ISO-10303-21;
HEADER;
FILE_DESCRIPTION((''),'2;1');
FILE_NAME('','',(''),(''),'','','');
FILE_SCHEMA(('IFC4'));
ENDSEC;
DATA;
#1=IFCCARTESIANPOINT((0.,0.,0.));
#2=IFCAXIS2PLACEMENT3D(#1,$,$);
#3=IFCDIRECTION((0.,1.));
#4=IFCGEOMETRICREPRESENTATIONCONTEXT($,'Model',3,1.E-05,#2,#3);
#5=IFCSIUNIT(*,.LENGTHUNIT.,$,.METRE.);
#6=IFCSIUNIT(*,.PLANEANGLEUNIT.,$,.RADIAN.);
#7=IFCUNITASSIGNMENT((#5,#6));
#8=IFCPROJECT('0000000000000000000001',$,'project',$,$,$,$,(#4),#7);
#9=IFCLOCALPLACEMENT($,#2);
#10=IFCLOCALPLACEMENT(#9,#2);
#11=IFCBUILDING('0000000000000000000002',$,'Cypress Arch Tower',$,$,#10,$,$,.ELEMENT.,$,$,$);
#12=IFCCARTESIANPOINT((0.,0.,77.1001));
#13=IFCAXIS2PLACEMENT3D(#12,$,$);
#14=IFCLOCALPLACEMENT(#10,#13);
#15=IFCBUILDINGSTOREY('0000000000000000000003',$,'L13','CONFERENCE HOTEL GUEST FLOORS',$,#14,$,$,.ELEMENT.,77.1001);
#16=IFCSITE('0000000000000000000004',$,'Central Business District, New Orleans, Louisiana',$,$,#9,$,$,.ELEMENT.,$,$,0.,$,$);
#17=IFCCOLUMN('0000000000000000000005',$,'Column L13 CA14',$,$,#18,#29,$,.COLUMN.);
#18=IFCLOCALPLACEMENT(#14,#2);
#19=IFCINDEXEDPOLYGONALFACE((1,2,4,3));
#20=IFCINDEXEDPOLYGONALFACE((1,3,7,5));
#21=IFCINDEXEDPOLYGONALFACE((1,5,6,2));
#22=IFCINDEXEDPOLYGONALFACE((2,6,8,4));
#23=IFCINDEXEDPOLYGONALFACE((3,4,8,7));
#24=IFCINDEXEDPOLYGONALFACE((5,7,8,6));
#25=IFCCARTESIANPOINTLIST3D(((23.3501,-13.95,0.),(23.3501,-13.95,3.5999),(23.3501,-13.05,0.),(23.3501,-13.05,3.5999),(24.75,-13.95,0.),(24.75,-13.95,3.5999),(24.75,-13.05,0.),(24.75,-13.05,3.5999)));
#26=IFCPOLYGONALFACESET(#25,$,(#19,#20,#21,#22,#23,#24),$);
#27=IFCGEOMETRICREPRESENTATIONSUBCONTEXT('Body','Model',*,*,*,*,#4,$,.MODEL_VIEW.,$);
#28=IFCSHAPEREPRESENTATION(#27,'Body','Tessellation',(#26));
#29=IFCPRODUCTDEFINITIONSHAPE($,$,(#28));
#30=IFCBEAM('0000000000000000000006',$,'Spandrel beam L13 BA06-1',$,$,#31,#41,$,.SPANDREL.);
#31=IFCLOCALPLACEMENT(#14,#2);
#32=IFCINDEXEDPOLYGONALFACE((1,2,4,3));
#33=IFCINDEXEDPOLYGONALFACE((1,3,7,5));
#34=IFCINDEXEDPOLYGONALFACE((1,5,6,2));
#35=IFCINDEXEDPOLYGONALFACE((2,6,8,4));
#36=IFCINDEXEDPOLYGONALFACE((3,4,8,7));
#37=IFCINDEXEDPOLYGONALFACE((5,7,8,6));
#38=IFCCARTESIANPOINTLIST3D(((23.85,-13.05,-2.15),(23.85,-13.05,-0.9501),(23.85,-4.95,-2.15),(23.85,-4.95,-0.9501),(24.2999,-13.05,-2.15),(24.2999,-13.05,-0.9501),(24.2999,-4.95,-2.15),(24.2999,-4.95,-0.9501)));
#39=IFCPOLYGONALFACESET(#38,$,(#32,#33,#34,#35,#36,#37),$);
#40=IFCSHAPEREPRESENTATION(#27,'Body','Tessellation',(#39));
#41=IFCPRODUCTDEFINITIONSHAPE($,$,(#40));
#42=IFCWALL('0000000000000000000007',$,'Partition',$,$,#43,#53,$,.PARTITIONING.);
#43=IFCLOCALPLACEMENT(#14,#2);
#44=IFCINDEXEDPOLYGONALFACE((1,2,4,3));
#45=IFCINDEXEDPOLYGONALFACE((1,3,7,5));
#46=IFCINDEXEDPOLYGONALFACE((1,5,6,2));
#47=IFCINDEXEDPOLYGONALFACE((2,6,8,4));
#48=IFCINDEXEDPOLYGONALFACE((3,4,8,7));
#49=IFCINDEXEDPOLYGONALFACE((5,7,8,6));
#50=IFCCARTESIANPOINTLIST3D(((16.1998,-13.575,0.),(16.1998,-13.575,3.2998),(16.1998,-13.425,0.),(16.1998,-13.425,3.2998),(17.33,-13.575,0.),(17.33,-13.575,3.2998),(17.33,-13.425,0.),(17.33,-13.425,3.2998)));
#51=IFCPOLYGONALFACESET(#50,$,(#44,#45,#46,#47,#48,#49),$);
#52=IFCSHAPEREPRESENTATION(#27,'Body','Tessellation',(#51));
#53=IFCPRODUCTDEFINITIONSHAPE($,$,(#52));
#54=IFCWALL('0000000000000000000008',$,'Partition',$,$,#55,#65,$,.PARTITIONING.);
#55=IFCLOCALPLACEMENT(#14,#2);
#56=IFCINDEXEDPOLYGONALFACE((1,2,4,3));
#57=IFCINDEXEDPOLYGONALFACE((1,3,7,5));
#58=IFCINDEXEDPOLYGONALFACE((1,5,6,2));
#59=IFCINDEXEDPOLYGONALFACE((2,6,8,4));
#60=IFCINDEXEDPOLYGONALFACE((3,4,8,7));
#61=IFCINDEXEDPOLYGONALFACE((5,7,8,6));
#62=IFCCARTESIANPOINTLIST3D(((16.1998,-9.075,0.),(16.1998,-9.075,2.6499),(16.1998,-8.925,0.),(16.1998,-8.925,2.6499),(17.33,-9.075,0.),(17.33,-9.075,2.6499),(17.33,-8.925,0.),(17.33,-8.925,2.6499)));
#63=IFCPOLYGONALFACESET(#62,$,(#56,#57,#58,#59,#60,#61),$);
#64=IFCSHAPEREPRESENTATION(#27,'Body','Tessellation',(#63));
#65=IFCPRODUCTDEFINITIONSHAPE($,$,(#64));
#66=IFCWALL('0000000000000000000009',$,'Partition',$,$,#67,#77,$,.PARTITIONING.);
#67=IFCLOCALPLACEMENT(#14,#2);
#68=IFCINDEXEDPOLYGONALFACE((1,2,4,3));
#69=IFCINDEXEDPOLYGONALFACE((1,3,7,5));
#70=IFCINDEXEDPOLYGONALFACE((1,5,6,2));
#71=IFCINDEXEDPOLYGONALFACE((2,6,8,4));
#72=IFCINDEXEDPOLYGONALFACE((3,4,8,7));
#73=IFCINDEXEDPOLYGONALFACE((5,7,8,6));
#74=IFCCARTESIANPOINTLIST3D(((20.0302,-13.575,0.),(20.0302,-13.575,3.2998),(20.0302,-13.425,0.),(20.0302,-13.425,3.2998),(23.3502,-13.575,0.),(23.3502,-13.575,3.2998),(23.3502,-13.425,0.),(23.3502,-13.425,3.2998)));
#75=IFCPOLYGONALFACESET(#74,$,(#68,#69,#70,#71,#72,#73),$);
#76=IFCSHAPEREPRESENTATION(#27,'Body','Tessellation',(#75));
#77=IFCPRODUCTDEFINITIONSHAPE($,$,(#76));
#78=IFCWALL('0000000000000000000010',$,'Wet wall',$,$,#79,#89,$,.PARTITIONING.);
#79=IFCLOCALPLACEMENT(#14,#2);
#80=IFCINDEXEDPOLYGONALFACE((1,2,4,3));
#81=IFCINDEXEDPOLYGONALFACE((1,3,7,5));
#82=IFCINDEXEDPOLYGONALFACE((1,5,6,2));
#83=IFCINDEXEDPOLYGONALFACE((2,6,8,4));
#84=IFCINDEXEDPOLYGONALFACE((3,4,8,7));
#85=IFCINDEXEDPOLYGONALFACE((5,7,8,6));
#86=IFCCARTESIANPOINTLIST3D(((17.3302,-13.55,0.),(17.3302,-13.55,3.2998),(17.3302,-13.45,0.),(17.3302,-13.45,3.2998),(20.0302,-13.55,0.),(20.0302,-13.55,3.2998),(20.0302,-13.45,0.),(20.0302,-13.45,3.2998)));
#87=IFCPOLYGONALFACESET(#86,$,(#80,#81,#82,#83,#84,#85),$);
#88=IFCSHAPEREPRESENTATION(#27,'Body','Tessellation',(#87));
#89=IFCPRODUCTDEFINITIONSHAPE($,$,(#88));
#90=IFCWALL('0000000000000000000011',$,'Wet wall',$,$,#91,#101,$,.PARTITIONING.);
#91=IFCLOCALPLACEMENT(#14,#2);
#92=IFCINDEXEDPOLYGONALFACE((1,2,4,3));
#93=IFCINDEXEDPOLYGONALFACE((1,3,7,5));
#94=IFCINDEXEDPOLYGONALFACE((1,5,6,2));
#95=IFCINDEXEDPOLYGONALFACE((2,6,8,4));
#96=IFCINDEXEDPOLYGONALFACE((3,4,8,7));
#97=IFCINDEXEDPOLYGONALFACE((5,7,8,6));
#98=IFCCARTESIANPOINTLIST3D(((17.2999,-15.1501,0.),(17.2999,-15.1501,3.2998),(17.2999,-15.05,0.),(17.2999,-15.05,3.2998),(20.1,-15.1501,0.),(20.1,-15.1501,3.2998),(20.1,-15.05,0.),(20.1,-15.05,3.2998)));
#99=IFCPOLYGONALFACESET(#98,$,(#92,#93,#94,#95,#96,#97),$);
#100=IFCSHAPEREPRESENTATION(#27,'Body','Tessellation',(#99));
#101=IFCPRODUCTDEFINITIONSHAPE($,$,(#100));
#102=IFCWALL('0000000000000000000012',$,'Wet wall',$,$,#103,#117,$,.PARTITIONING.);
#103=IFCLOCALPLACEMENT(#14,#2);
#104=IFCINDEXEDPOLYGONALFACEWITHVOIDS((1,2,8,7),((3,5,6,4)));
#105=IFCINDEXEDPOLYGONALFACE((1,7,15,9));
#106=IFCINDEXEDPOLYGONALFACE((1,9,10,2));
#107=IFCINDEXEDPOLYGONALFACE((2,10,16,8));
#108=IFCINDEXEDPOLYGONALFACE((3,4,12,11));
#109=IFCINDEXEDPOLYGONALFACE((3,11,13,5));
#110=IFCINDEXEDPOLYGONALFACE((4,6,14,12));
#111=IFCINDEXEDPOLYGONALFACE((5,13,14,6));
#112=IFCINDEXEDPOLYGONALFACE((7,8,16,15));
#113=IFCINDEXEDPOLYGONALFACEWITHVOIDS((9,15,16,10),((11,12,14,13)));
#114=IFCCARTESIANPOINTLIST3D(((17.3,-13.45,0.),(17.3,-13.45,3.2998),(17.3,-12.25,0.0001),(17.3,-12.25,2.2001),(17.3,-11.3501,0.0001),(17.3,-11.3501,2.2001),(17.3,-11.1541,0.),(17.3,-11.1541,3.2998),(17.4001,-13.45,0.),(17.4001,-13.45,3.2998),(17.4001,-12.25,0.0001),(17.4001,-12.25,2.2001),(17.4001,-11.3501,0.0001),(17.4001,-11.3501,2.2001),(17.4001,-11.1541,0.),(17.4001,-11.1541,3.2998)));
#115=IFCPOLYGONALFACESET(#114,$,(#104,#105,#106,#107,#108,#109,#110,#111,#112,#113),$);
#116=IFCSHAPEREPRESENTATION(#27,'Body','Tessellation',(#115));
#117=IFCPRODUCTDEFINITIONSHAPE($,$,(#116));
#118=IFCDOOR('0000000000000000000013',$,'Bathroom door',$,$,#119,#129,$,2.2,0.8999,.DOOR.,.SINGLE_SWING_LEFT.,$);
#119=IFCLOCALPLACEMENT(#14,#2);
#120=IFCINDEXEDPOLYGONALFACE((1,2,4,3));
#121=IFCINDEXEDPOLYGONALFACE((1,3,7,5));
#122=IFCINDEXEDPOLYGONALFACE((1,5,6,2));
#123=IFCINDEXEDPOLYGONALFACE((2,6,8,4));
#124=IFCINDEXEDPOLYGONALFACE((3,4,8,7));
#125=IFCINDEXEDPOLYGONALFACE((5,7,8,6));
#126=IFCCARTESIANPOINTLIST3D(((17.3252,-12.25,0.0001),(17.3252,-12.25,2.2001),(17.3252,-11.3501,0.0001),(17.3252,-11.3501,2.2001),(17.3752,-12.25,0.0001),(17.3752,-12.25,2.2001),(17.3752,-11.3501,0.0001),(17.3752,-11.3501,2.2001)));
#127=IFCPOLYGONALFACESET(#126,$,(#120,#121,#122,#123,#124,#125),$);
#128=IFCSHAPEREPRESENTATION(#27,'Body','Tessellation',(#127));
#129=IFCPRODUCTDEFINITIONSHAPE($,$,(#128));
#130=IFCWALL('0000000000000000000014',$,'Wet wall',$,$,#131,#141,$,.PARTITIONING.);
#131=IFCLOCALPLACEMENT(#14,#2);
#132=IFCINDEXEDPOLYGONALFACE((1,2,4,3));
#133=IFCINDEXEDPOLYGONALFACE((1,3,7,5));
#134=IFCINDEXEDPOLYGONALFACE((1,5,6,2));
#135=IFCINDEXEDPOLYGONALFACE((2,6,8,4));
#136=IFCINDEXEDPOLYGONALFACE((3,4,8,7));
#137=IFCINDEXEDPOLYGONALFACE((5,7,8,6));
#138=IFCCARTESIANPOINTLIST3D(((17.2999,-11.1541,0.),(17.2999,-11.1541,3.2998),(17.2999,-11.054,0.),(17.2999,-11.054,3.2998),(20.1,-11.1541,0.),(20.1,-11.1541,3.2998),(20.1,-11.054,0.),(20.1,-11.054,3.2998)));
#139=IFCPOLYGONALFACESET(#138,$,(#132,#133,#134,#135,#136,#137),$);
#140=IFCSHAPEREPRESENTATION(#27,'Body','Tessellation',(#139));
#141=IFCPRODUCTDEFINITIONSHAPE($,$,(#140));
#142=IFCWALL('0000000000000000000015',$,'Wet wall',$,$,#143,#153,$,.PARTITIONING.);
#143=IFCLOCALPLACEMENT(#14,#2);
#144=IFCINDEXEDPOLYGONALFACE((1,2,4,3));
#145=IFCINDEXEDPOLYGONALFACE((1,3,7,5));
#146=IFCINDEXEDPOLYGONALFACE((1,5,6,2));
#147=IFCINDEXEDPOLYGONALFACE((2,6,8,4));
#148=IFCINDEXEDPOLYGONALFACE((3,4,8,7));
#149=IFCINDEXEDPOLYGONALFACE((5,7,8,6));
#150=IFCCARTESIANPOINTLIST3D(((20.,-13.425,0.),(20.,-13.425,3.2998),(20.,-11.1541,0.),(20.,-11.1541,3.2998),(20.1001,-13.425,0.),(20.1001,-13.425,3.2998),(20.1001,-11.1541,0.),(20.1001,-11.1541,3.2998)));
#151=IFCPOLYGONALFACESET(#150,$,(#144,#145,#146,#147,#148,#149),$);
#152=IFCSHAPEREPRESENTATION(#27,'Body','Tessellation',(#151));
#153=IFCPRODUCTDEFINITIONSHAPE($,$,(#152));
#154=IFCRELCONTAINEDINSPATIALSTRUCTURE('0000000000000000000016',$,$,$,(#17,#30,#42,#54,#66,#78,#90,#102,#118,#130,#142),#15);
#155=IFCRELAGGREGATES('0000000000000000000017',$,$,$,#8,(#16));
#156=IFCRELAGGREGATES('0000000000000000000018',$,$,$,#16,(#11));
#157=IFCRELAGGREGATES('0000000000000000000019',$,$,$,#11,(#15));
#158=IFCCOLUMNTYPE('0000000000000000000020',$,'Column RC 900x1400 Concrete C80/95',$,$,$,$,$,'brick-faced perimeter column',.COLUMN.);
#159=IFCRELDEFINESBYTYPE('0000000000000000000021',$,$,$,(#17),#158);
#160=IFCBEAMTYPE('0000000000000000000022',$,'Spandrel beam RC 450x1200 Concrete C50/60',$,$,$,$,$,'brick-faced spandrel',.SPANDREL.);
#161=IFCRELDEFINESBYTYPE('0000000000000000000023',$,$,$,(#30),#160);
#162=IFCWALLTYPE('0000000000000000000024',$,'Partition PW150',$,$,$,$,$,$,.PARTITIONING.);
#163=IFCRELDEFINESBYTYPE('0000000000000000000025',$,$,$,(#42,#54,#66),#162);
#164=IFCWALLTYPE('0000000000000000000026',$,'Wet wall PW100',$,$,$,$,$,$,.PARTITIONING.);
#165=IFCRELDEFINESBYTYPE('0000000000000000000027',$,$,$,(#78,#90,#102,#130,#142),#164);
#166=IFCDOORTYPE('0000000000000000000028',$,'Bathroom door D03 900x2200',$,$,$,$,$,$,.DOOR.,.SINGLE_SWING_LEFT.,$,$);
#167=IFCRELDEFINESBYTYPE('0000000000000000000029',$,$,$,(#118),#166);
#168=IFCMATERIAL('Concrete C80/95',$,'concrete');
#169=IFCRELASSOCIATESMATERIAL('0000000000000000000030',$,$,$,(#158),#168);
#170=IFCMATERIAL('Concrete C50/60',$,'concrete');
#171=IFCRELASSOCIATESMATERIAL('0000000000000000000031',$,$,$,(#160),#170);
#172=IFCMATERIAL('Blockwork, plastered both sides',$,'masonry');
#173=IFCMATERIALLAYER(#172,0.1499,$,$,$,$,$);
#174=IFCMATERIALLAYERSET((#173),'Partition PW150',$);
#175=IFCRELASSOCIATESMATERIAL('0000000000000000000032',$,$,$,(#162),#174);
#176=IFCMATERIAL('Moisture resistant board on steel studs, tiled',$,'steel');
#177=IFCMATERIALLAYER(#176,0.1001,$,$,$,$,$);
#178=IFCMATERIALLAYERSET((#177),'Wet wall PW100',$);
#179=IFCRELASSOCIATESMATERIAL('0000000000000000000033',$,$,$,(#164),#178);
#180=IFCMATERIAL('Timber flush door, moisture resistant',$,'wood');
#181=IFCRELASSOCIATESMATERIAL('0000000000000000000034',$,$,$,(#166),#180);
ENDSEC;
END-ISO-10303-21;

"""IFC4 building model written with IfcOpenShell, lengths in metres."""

from ifc_helpers import new_model, si_unit, direction, frame, frame_2d, origin, origin_2d, place, context, subcontext, project, spatial, rectangle, extrude, material, layer, layer_set, material_profile, profile_set, type_object, element, fill, save


model = new_model("IFC4")

# Units and contexts
model_context = context("Model", 3, precision=1e-05, world=origin(), true_north=direction((0.0, 1.0)))
body_context = subcontext(model_context, "Body", "Model", "MODEL_VIEW")
ifc_project = project(units=[si_unit("LENGTHUNIT", "METRE"), si_unit("PLANEANGLEUNIT", "RADIAN")], contexts=[model_context])

# Site, building, storey
site_placement = place(None, origin())
site = spatial("IfcSite", under=ifc_project, at=site_placement, Name="Central Business District, New Orleans, Louisiana", CompositionType="ELEMENT", RefElevation=0.0)
building_placement = place(site_placement, origin())
building = spatial("IfcBuilding", under=site, at=building_placement, Name="Cypress Arch Tower", CompositionType="ELEMENT")
storey_placement = place(building_placement, frame((0.0, 0.0, 77.1001)))
storey = spatial("IfcBuildingStorey", under=building, at=storey_placement, Name="L13", Description="CONFERENCE HOTEL GUEST FLOORS", CompositionType="ELEMENT", Elevation=77.1001)

# Column
ifc_material_1 = material(Name="Concrete C80/95", Category="concrete")
ifc_material_profile_1 = material_profile(ifc_material_1, rectangle(XDim=0.8999, YDim=1.3999, at=origin_2d()), Name="RC 900x1400")
ifc_profile_set_1 = profile_set([ifc_material_profile_1], Name="Concrete C80/95")
column_type = type_object("IfcColumnType", Name="Column RC 900x1400 Concrete C80/95", ElementType="brick-faced perimeter column", PredefinedType="COLUMN", material=ifc_profile_set_1)
column_placement = place(storey_placement, frame((24.05, -13.5, 0.0), z_axis=(0.0, 0.0, 1.0), x_axis=(0.0, 1.0, 0.0)))
element("IfcColumn", 1, at=column_placement, inside=storey, type_object=column_type, Name="Column L13 CA14", PredefinedType="COLUMN", context=body_context, shape_type="SweptSolid", body=[
    extrude(rectangle(XDim=0.8999, YDim=1.3999, at=origin_2d()), origin(), (0.0, 0.0, 1.0), 3.5999),
])

# Beam
ifc_material_2 = material(Name="Concrete C50/60", Category="concrete")
ifc_material_profile_2 = material_profile(ifc_material_2, rectangle(XDim=0.45, YDim=1.2, at=origin_2d()), Name="RC 450x1200")
ifc_profile_set_2 = profile_set([ifc_material_profile_2], Name="Concrete C50/60")
beam_type = type_object("IfcBeamType", Name="Spandrel beam RC 450x1200 Concrete C50/60", ElementType="brick-faced spandrel", PredefinedType="SPANDREL", material=ifc_profile_set_2)
beam_placement = place(storey_placement, frame((24.075, -13.05, -1.55), z_axis=(0.0, 1.0, 0.0), x_axis=(-1.0, 0.0, 0.0)))
element("IfcBeam", 2, at=beam_placement, inside=storey, type_object=beam_type, Name="Spandrel beam L13 BA06-1", PredefinedType="SPANDREL", context=body_context, shape_type="SweptSolid", body=[
    extrude(rectangle(XDim=0.45, YDim=1.2, at=origin_2d()), origin(), (0.0, 0.0, 1.0), 8.1001),
])

# Walls
ifc_material_3 = material(Name="Blockwork, plastered both sides", Category="masonry")
ifc_layer_1 = layer(ifc_material_3, 0.1499)
ifc_layer_set_1 = layer_set([ifc_layer_1], Name="Partition PW150")
wall_type_1 = type_object("IfcWallType", Name="Partition PW150", PredefinedType="PARTITIONING", material=ifc_layer_set_1)
wall_1_placement = place(storey_placement, frame((16.2, -13.5, 0.0), z_axis=(0.0, 0.0, 1.0), x_axis=(1.0, 0.0, 0.0)))
element("IfcWall", 3, at=wall_1_placement, inside=storey, type_object=wall_type_1, Name="Partition", PredefinedType="PARTITIONING", context=body_context, shape_type="SweptSolid", body=[
    extrude(rectangle(XDim=1.1301, YDim=0.1499, at=frame_2d((0.5649, 0.0))), origin(), (0.0, 0.0, 1.0), 3.2998),
])
wall_2_placement = place(storey_placement, frame((16.2, -9.0, 0.0), z_axis=(0.0, 0.0, 1.0), x_axis=(1.0, 0.0, 0.0)))
element("IfcWall", 4, at=wall_2_placement, inside=storey, type_object=wall_type_1, Name="Partition", PredefinedType="PARTITIONING", context=body_context, shape_type="SweptSolid", body=[
    extrude(rectangle(XDim=1.1301, YDim=0.1499, at=frame_2d((0.5649, 0.0))), origin(), (0.0, 0.0, 1.0), 2.6499),
])
wall_3_placement = place(storey_placement, frame((20.03, -13.5, 0.0), z_axis=(0.0, 0.0, 1.0), x_axis=(1.0, 0.0, 0.0)))
element("IfcWall", 5, at=wall_3_placement, inside=storey, type_object=wall_type_1, Name="Partition", PredefinedType="PARTITIONING", context=body_context, shape_type="SweptSolid", body=[
    extrude(rectangle(XDim=3.3201, YDim=0.1499, at=frame_2d((1.6602, 0.0))), origin(), (0.0, 0.0, 1.0), 3.2998),
])
ifc_material_4 = material(Name="Moisture resistant board on steel studs, tiled", Category="steel")
ifc_layer_2 = layer(ifc_material_4, 0.1001)
ifc_layer_set_2 = layer_set([ifc_layer_2], Name="Wet wall PW100")
wall_type_2 = type_object("IfcWallType", Name="Wet wall PW100", PredefinedType="PARTITIONING", material=ifc_layer_set_2)
wall_4_placement = place(storey_placement, frame((17.3301, -13.5, 0.0), z_axis=(0.0, 0.0, 1.0), x_axis=(1.0, 0.0, 0.0)))
element("IfcWall", 6, at=wall_4_placement, inside=storey, type_object=wall_type_2, Name="Wet wall", PredefinedType="PARTITIONING", context=body_context, shape_type="SweptSolid", body=[
    extrude(rectangle(XDim=2.7, YDim=0.1001, at=frame_2d((1.3501, 0.0))), origin(), (0.0, 0.0, 1.0), 3.2998),
])
wall_5_placement = place(storey_placement, frame((17.3, -15.1001, 0.0), z_axis=(0.0, 0.0, 1.0), x_axis=(1.0, 0.0, 0.0)))
element("IfcWall", 7, at=wall_5_placement, inside=storey, type_object=wall_type_2, Name="Wet wall", PredefinedType="PARTITIONING", context=body_context, shape_type="SweptSolid", body=[
    extrude(rectangle(XDim=2.8, YDim=0.1001, at=frame_2d((1.3999, 0.0))), origin(), (0.0, 0.0, 1.0), 3.2998),
])

# Wall, opening, door
wall_6_placement = place(storey_placement, frame((17.3501, -13.45, 0.0), z_axis=(0.0, 0.0, 1.0), x_axis=(0.0, 1.0, 0.0)))
wall_6 = element("IfcWall", 8, at=wall_6_placement, inside=storey, type_object=wall_type_2, Name="Wet wall", PredefinedType="PARTITIONING", context=body_context, shape_type="SweptSolid", body=[
    extrude(rectangle(XDim=2.2959, YDim=0.1001, at=frame_2d((1.1479, 0.0))), origin(), (0.0, 0.0, 1.0), 3.2998),
])
opening_1_placement = place(wall_6_placement, frame((1.2, 0.0, 0.0)))
opening_1 = element("IfcOpeningElement", 9, at=opening_1_placement, cuts=wall_6, PredefinedType="OPENING", context=body_context, shape_type="SweptSolid", body=[
    extrude(rectangle(XDim=0.8999, YDim=2.2, at=frame_2d((0.45, 1.1001))), frame((0.0, 0.0601, 0.0), z_axis=(0.0, -1.0, 0.0), x_axis=(1.0, 0.0, 0.0)), (0.0, 0.0, 1.0), 0.1201),
])
ifc_material_5 = material(Name="Timber flush door, moisture resistant", Category="wood")
door_type_1 = type_object("IfcDoorType", Name="Bathroom door D03 900x2200", OperationType="SINGLE_SWING_LEFT", PredefinedType="DOOR", material=ifc_material_5)
door_1_placement = place(opening_1_placement, origin())
door_1 = element("IfcDoor", 10, at=door_1_placement, inside=storey, type_object=door_type_1, Name="Bathroom door", OperationType="SINGLE_SWING_LEFT", OverallHeight=2.2, OverallWidth=0.8999, PredefinedType="DOOR", context=body_context, shape_type="SweptSolid", body=[
    extrude(rectangle(XDim=0.8999, YDim=2.2, at=frame_2d((0.45, 1.1001))), frame((0.0, 0.0249, 0.0), z_axis=(0.0, -1.0, 0.0), x_axis=(1.0, 0.0, 0.0)), (0.0, 0.0, 1.0), 0.05),
])
fill(opening_1, door_1)

# Walls
wall_7_placement = place(storey_placement, frame((17.3, -11.104, 0.0), z_axis=(0.0, 0.0, 1.0), x_axis=(1.0, 0.0, 0.0)))
element("IfcWall", 11, at=wall_7_placement, inside=storey, type_object=wall_type_2, Name="Wet wall", PredefinedType="PARTITIONING", context=body_context, shape_type="SweptSolid", body=[
    extrude(rectangle(XDim=2.8, YDim=0.1001, at=frame_2d((1.3999, 0.0))), origin(), (0.0, 0.0, 1.0), 3.2998),
])
wall_8_placement = place(storey_placement, frame((20.05, -13.425, 0.0), z_axis=(0.0, 0.0, 1.0), x_axis=(0.0, 1.0, 0.0)))
element("IfcWall", 12, at=wall_8_placement, inside=storey, type_object=wall_type_2, Name="Wet wall", PredefinedType="PARTITIONING", context=body_context, shape_type="SweptSolid", body=[
    extrude(rectangle(XDim=2.271, YDim=0.1001, at=frame_2d((1.1355, 0.0))), origin(), (0.0, 0.0, 1.0), 3.2998),
])

save(model, "model.ifc")
